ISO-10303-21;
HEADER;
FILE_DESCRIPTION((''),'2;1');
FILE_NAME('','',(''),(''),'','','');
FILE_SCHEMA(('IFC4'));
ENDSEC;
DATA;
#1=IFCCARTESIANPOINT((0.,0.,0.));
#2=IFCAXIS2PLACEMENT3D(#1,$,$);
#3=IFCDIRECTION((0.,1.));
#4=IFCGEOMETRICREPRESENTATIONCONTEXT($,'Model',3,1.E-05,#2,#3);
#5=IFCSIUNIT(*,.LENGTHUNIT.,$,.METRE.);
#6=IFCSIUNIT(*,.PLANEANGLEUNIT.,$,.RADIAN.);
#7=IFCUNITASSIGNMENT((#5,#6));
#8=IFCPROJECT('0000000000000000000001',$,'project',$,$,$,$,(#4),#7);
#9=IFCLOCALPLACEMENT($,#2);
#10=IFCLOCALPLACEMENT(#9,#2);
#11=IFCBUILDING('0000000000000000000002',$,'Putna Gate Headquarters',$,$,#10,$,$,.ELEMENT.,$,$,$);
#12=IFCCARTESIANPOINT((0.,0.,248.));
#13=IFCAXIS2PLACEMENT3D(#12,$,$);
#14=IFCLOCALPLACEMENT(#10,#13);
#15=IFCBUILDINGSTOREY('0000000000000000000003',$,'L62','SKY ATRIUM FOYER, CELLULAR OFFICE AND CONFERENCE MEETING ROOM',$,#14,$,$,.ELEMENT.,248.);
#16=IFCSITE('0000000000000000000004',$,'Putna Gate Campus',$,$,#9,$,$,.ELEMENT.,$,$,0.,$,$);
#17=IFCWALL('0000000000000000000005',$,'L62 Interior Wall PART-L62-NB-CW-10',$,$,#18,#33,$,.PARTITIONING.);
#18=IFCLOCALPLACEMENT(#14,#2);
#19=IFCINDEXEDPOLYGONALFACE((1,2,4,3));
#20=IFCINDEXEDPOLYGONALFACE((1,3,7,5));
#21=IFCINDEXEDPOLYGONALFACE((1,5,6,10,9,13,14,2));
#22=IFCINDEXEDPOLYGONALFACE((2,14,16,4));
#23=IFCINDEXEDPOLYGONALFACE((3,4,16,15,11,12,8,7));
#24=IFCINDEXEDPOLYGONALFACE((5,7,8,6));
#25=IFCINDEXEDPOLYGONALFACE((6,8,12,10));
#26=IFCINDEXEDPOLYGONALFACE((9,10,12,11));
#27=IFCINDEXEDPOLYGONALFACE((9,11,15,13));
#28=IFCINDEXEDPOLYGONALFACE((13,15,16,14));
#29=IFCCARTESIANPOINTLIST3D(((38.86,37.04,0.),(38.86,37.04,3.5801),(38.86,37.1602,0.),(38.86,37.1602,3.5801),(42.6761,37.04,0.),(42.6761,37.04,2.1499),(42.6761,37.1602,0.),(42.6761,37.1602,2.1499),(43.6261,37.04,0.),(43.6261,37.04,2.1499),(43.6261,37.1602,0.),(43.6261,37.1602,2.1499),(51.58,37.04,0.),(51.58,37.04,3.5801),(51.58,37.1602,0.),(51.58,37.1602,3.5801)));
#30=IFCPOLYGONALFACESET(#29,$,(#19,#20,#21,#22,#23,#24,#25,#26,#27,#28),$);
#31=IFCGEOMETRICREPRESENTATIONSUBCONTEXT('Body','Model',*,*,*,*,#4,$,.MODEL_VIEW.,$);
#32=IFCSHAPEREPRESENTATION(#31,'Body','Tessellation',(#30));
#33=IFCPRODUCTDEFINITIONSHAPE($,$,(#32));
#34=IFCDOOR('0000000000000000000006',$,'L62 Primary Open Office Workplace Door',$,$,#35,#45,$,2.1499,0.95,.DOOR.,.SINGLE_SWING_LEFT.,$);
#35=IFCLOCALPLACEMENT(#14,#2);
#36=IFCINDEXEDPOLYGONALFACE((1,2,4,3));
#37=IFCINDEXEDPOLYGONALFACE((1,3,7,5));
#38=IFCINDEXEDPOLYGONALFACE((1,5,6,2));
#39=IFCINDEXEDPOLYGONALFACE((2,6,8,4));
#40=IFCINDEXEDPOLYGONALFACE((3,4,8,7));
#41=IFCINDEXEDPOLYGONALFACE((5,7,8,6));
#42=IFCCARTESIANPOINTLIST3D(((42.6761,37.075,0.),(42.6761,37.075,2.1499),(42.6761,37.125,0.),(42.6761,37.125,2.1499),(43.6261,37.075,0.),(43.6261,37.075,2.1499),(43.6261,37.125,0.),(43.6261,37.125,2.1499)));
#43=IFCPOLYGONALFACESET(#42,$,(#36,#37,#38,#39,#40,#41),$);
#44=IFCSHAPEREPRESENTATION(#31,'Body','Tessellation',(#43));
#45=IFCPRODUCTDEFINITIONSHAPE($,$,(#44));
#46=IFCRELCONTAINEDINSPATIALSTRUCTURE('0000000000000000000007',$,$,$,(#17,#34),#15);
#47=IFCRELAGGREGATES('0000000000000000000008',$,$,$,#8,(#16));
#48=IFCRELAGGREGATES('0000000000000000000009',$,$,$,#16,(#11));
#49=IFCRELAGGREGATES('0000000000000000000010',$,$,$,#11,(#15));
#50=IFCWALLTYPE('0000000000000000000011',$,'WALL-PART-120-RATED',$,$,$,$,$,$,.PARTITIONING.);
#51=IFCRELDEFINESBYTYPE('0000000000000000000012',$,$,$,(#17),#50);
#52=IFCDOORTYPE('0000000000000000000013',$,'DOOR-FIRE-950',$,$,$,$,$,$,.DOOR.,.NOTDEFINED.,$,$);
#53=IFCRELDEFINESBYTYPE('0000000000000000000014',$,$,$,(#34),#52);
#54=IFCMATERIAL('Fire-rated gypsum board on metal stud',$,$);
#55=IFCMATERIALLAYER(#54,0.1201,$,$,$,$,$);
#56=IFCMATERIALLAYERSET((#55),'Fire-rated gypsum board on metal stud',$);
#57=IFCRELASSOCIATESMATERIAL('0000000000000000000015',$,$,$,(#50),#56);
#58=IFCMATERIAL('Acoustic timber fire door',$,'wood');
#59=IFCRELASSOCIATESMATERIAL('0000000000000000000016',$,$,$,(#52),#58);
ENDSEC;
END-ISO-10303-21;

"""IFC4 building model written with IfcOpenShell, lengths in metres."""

from ifc_helpers import new_model, si_unit, direction, frame, frame_2d, origin, place, context, subcontext, project, spatial, rectangle, extrude, material, layer, layer_set, type_object, element, fill, save


model = new_model("IFC4")

# Units and contexts
model_context = context("Model", 3, precision=1e-05, world=origin(), true_north=direction((0.0, 1.0)))
body_context = subcontext(model_context, "Body", "Model", "MODEL_VIEW")
ifc_project = project(units=[si_unit("LENGTHUNIT", "METRE"), si_unit("PLANEANGLEUNIT", "RADIAN")], contexts=[model_context])

# Site, building, storey
site_placement = place(None, origin())
site = spatial("IfcSite", under=ifc_project, at=site_placement, Name="Putna Gate Campus", CompositionType="ELEMENT", RefElevation=0.0)
building_placement = place(site_placement, origin())
building = spatial("IfcBuilding", under=site, at=building_placement, Name="Putna Gate Headquarters", CompositionType="ELEMENT")
storey_placement = place(building_placement, frame((0.0, 0.0, 248.0)))
storey = spatial("IfcBuildingStorey", under=building, at=storey_placement, Name="L62", Description="SKY ATRIUM FOYER, CELLULAR OFFICE AND CONFERENCE MEETING ROOM", CompositionType="ELEMENT", Elevation=248.0)

# Shared definitions
ifc_material_1 = material(Name="Fire-rated gypsum board on metal stud")
ifc_layer_1 = layer(ifc_material_1, 0.1201)
ifc_layer_set_1 = layer_set([ifc_layer_1], Name="Fire-rated gypsum board on metal stud")
wall_type_1 = type_object("IfcWallType", Name="WALL-PART-120-RATED", PredefinedType="PARTITIONING", material=ifc_layer_set_1)
ifc_material_2 = material(Name="Acoustic timber fire door", Category="wood")
door_type_1 = type_object("IfcDoorType", Name="DOOR-FIRE-950", OperationType="NOTDEFINED", PredefinedType="DOOR", material=ifc_material_2)

# Wall, opening, door
wall_1_placement = place(storey_placement, frame((38.8601, 37.1001, 0.0), z_axis=(0.0, 0.0, 1.0), x_axis=(1.0, 0.0, 0.0)))
wall_1 = element("IfcWall", 1, at=wall_1_placement, inside=storey, type_object=wall_type_1, Name="L62 Interior Wall PART-L62-NB-CW-10", PredefinedType="PARTITIONING", context=body_context, shape_type="SweptSolid", body=[
    extrude(rectangle(XDim=12.72, YDim=0.1201, at=frame_2d((6.3599, 0.0))), origin(), (0.0, 0.0, 1.0), 3.5801),
])
opening_1_placement = place(wall_1_placement, frame((3.8159, 0.0, 0.0)))
opening_1 = element("IfcOpeningElement", 2, at=opening_1_placement, cuts=wall_1, PredefinedType="OPENING", context=body_context, shape_type="SweptSolid", body=[
    extrude(rectangle(XDim=0.95, YDim=2.1499, at=frame_2d((0.4751, 1.075))), frame((0.0, 0.0701, 0.0), z_axis=(0.0, -1.0, 0.0), x_axis=(1.0, 0.0, 0.0)), (0.0, 0.0, 1.0), 0.1401),
])
door_1_placement = place(opening_1_placement, origin())
door_1 = element("IfcDoor", 3, at=door_1_placement, inside=storey, type_object=door_type_1, Name="L62 Primary Open Office Workplace Door", OperationType="SINGLE_SWING_LEFT", OverallHeight=2.1499, OverallWidth=0.95, PredefinedType="DOOR", context=body_context, shape_type="SweptSolid", body=[
    extrude(rectangle(XDim=0.95, YDim=2.1499, at=frame_2d((0.4751, 1.075))), frame((0.0, 0.0249, 0.0), z_axis=(0.0, -1.0, 0.0), x_axis=(1.0, 0.0, 0.0)), (0.0, 0.0, 1.0), 0.05),
])
fill(opening_1, door_1)

save(model, "model.ifc")
